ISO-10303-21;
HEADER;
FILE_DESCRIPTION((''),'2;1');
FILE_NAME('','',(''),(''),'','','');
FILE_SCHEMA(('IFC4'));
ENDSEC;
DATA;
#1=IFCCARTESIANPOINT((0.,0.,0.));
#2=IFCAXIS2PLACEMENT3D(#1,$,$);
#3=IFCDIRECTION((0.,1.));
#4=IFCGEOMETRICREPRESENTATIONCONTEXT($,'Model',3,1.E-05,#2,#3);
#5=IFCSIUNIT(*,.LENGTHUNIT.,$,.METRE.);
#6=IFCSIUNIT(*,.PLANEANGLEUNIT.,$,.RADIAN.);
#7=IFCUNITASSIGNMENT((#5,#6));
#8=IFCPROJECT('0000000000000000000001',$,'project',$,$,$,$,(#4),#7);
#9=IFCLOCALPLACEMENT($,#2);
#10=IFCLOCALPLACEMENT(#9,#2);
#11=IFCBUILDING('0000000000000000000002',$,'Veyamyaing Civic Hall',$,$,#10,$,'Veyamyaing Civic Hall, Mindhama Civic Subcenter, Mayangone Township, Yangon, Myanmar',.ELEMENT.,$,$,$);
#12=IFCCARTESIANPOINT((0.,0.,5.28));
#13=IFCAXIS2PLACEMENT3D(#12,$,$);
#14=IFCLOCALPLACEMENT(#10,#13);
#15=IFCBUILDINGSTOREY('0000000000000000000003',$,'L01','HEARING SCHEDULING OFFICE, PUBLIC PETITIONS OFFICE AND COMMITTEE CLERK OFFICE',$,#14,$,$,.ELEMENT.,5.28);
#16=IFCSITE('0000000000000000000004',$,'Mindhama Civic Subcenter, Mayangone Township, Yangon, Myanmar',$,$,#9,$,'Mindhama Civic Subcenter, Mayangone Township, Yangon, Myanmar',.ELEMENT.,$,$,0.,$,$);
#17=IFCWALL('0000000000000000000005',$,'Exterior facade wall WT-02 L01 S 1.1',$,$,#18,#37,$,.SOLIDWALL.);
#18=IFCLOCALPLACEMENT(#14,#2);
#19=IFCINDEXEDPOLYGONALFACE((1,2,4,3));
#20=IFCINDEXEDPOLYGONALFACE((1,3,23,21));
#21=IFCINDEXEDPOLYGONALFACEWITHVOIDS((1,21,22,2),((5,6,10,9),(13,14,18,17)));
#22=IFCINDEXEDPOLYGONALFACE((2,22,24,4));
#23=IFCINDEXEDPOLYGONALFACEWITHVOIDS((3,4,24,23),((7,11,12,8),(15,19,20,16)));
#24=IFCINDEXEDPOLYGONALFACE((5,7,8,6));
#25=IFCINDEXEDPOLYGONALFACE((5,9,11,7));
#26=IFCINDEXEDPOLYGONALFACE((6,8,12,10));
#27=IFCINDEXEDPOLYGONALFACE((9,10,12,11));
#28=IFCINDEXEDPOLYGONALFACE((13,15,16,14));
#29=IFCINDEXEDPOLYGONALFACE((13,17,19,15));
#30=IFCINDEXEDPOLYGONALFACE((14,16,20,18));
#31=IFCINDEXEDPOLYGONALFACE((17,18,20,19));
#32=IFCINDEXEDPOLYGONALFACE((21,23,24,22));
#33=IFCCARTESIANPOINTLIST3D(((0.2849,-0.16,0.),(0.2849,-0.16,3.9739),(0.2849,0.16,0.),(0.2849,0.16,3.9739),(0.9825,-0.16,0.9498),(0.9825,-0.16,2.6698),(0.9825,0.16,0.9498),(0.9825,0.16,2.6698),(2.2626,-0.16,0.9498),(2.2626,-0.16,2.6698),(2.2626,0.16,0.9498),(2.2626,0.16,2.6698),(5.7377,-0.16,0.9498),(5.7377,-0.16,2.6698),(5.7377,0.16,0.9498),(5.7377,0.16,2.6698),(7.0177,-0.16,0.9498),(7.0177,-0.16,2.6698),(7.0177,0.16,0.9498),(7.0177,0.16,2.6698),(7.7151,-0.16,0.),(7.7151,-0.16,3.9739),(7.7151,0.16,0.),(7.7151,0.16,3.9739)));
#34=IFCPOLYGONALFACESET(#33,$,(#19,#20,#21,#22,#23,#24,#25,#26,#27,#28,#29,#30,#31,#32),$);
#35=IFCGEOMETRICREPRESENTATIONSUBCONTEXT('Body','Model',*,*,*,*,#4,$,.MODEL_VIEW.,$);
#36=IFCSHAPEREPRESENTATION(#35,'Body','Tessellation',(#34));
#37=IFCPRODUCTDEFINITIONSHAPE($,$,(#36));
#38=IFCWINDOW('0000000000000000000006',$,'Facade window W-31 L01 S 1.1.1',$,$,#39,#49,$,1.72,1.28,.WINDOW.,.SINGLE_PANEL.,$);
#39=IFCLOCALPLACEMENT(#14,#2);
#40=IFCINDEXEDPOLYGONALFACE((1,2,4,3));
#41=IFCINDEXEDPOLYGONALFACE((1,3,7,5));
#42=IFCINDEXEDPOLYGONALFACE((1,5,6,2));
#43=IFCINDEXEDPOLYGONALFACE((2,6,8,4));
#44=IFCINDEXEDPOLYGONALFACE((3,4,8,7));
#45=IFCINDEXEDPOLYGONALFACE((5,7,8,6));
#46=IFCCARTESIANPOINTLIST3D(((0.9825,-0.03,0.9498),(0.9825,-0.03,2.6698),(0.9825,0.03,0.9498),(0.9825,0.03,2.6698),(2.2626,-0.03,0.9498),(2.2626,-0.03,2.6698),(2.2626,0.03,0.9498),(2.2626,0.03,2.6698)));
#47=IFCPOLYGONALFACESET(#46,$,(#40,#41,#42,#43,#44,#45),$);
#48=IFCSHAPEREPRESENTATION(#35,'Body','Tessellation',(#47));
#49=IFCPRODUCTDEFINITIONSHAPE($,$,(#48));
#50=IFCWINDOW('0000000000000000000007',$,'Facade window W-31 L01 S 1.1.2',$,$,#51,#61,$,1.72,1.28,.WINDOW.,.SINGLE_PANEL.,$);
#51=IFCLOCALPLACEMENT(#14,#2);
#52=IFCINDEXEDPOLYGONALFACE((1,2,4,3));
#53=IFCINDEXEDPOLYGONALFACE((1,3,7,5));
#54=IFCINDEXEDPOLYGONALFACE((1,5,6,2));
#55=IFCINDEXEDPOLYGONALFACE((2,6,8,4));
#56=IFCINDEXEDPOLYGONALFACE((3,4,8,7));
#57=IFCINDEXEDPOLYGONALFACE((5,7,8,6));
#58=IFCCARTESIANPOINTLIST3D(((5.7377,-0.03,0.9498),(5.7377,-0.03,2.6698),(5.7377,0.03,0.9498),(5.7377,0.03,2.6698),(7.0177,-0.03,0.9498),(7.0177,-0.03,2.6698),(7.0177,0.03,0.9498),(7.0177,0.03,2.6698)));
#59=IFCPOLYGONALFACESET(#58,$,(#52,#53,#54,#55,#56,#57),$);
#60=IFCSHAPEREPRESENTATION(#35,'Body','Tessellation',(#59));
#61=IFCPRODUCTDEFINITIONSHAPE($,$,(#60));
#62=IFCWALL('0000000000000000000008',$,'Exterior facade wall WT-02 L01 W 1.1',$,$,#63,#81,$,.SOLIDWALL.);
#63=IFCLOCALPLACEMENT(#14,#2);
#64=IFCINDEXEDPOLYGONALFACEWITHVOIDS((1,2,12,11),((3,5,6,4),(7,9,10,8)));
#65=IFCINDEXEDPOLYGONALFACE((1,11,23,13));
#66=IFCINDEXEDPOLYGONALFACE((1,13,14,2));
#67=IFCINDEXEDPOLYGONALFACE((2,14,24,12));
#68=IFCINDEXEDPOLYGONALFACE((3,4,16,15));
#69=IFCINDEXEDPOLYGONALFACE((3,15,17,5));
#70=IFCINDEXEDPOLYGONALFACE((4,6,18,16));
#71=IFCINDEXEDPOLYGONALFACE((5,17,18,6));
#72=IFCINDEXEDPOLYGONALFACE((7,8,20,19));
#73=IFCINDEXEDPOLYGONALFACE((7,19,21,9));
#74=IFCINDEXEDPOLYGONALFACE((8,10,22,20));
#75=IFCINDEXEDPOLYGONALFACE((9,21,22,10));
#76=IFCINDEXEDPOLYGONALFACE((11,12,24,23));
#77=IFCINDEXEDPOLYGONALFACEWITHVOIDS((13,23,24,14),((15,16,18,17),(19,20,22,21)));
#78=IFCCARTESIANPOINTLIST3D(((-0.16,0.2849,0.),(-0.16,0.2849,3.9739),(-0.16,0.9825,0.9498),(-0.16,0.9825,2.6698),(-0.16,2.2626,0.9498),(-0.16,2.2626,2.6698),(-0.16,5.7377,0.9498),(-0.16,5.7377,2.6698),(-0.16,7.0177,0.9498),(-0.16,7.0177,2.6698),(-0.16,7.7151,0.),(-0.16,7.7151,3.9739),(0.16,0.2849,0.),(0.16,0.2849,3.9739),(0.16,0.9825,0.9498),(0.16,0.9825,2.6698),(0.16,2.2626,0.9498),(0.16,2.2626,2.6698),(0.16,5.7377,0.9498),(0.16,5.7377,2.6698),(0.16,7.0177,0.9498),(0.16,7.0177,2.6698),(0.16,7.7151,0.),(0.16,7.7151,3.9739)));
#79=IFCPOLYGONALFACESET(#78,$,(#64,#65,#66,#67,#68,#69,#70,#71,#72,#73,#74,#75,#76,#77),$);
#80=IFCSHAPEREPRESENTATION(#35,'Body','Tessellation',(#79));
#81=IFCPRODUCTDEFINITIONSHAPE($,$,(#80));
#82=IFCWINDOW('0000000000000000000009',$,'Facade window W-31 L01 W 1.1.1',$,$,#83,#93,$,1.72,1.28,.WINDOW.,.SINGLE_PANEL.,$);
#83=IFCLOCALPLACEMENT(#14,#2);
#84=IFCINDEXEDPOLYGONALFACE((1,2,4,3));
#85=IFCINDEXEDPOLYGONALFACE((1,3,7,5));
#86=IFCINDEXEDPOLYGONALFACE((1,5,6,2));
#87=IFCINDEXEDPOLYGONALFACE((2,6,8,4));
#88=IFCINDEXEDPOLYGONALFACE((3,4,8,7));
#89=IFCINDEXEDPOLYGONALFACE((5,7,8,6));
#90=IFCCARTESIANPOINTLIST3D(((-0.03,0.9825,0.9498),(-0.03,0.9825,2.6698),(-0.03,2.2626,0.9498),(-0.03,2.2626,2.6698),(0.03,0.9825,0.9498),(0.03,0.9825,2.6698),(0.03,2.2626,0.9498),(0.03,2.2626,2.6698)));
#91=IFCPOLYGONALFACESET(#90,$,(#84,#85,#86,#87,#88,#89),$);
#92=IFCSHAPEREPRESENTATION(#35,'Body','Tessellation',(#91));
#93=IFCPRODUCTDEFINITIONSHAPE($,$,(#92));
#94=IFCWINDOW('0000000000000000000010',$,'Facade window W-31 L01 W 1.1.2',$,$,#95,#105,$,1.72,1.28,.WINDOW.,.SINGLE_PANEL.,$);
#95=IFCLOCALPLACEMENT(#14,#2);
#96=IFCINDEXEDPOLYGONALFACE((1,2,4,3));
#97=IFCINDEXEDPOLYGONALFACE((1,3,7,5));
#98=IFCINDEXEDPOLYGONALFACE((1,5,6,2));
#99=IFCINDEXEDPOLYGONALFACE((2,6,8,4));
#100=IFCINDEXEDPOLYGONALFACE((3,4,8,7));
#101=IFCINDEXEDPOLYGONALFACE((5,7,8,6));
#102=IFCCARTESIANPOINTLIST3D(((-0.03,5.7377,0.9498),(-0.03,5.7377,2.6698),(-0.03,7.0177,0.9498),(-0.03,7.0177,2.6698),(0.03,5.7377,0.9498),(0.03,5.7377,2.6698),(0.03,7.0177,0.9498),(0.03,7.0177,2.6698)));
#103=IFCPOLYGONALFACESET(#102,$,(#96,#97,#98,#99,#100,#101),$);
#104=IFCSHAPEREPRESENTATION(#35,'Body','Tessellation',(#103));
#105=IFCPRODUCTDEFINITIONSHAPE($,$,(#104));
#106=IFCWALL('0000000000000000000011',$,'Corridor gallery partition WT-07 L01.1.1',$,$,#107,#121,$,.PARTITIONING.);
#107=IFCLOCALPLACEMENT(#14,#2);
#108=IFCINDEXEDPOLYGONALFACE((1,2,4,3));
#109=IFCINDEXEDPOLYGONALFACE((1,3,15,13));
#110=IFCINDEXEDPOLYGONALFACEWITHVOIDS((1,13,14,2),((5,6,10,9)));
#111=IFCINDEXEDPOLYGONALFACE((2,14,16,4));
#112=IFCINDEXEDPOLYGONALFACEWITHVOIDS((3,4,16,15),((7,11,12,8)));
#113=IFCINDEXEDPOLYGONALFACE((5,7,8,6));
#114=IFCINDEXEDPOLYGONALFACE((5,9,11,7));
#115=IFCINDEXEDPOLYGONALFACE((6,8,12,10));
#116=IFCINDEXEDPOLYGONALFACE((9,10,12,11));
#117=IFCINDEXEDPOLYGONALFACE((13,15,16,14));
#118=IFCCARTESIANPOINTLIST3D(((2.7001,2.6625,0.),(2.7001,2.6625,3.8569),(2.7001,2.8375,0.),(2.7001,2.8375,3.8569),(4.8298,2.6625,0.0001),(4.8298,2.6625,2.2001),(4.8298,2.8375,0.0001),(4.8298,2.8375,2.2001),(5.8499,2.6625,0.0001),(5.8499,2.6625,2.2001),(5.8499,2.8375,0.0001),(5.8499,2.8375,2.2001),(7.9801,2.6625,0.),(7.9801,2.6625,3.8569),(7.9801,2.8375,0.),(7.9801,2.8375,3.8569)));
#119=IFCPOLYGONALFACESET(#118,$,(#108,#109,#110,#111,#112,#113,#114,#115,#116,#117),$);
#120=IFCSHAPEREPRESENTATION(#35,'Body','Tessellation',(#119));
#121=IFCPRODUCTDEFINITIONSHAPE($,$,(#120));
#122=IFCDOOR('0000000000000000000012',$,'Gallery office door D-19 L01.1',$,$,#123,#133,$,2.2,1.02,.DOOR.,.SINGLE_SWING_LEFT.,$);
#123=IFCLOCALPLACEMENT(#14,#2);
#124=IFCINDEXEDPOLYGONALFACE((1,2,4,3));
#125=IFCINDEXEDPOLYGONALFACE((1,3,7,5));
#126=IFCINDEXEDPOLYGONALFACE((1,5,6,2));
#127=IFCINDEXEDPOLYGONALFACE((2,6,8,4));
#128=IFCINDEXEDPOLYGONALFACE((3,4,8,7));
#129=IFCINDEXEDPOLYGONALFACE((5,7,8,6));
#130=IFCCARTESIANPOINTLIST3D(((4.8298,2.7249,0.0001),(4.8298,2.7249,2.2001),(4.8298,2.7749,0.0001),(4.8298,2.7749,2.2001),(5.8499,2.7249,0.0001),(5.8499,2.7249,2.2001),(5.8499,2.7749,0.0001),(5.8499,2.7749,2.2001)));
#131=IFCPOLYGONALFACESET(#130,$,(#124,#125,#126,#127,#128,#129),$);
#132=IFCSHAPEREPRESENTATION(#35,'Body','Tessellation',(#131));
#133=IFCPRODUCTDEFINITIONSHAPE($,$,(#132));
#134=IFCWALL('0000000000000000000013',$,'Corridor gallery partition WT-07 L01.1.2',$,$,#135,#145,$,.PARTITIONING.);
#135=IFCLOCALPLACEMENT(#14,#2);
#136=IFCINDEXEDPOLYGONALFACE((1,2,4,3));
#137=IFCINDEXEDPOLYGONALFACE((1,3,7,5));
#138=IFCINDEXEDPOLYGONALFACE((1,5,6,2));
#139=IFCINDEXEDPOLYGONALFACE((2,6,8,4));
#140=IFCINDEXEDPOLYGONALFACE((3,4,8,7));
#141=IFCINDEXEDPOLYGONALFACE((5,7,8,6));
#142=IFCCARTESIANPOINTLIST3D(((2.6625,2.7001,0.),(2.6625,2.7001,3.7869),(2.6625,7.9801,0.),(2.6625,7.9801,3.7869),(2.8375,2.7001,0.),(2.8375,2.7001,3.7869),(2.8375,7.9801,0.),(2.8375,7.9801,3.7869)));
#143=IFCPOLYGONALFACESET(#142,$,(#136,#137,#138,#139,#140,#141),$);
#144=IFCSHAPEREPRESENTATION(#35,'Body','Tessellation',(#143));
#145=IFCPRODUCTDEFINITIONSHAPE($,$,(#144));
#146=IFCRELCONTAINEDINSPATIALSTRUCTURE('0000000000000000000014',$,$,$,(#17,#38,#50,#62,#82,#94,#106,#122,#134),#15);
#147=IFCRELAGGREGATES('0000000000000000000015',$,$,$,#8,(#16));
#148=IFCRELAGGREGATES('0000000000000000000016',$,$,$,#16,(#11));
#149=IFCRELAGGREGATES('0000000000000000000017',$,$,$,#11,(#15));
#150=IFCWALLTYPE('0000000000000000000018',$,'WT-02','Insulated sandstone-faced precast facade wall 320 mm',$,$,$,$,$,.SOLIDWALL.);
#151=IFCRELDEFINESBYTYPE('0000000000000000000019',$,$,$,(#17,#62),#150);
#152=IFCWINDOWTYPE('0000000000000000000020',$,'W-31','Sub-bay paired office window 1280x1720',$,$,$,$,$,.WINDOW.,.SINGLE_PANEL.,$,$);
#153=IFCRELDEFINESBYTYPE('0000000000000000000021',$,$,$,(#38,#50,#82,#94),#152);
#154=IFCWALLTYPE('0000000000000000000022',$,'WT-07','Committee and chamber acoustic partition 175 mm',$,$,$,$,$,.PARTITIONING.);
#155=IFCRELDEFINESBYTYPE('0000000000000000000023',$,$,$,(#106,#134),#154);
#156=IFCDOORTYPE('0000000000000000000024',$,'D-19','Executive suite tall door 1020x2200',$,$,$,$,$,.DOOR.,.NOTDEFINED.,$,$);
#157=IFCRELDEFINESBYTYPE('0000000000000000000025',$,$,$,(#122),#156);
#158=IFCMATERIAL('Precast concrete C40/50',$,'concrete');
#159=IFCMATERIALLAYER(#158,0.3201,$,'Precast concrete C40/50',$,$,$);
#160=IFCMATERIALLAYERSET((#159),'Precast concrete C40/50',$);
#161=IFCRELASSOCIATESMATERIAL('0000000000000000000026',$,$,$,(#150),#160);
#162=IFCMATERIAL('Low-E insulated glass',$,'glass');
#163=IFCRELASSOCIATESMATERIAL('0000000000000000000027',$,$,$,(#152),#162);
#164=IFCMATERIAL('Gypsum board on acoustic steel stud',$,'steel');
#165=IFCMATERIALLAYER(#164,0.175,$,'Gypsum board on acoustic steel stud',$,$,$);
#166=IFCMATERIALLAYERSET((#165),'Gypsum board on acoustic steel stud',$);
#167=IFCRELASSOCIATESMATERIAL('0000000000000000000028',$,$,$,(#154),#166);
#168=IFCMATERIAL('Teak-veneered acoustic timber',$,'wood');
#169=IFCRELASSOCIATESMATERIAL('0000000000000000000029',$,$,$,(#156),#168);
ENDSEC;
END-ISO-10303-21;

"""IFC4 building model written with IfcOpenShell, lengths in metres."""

from ifc_helpers import new_model, si_unit, direction, frame, frame_2d, origin, place, context, subcontext, project, spatial, rectangle, extrude, material, layer, layer_set, type_object, element, fill, save


model = new_model("IFC4")

# Units and contexts
model_context = context("Model", 3, precision=1e-05, world=origin(), true_north=direction((0.0, 1.0)))
body_context = subcontext(model_context, "Body", "Model", "MODEL_VIEW")
ifc_project = project(units=[si_unit("LENGTHUNIT", "METRE"), si_unit("PLANEANGLEUNIT", "RADIAN")], contexts=[model_context])

# Site, building, storey
site_placement = place(None, origin())
site = spatial("IfcSite", under=ifc_project, at=site_placement, Name="Mindhama Civic Subcenter, Mayangone Township, Yangon, Myanmar", LongName="Mindhama Civic Subcenter, Mayangone Township, Yangon, Myanmar", CompositionType="ELEMENT", RefElevation=0.0)
building_placement = place(site_placement, origin())
building = spatial("IfcBuilding", under=site, at=building_placement, Name="Veyamyaing Civic Hall", LongName="Veyamyaing Civic Hall, Mindhama Civic Subcenter, Mayangone Township, Yangon, Myanmar", CompositionType="ELEMENT")
storey_placement = place(building_placement, frame((0.0, 0.0, 5.28)))
storey = spatial("IfcBuildingStorey", under=building, at=storey_placement, Name="L01", Description="HEARING SCHEDULING OFFICE, PUBLIC PETITIONS OFFICE AND COMMITTEE CLERK OFFICE", CompositionType="ELEMENT", Elevation=5.28)

# Walls, openings, windows
ifc_material_1 = material(Name="Precast concrete C40/50", Category="concrete")
ifc_layer_1 = layer(ifc_material_1, 0.3201, Name="Precast concrete C40/50")
ifc_layer_set_1 = layer_set([ifc_layer_1], Name="Precast concrete C40/50")
wall_type_1 = type_object("IfcWallType", Name="WT-02", Description="Insulated sandstone-faced precast facade wall 320 mm", PredefinedType="SOLIDWALL", material=ifc_layer_set_1)
wall_1_placement = place(storey_placement, frame((0.2849, 0.0, 0.0), z_axis=(0.0, 0.0, 1.0), x_axis=(1.0, 0.0, 0.0)))
wall_1 = element("IfcWall", 1, at=wall_1_placement, inside=storey, type_object=wall_type_1, Name="Exterior facade wall WT-02 L01 S 1.1", PredefinedType="SOLIDWALL", context=body_context, shape_type="SweptSolid", body=[
    extrude(rectangle(XDim=7.4302, YDim=0.3201, at=frame_2d((3.7151, 0.0))), origin(), (0.0, 0.0, 1.0), 3.9739),
])
opening_1_placement = place(wall_1_placement, frame((0.6975, 0.0, 0.95)))
opening_1 = element("IfcOpeningElement", 2, at=opening_1_placement, cuts=wall_1, PredefinedType="OPENING", context=body_context, shape_type="SweptSolid", body=[
    extrude(rectangle(XDim=1.28, YDim=1.72, at=frame_2d((0.6401, 0.8599))), frame((0.0, 0.1699, 0.0), z_axis=(0.0, -1.0, 0.0), x_axis=(1.0, 0.0, 0.0)), (0.0, 0.0, 1.0), 0.3401),
])
opening_2_placement = place(wall_1_placement, frame((5.4526, 0.0, 0.95)))
opening_2 = element("IfcOpeningElement", 3, at=opening_2_placement, cuts=wall_1, PredefinedType="OPENING", context=body_context, shape_type="SweptSolid", body=[
    extrude(rectangle(XDim=1.28, YDim=1.72, at=frame_2d((0.6401, 0.8599))), frame((0.0, 0.1699, 0.0), z_axis=(0.0, -1.0, 0.0), x_axis=(1.0, 0.0, 0.0)), (0.0, 0.0, 1.0), 0.3401),
])
ifc_material_2 = material(Name="Low-E insulated glass", Category="glass")
window_type = type_object("IfcWindowType", Name="W-31", Description="Sub-bay paired office window 1280x1720", PartitioningType="SINGLE_PANEL", PredefinedType="WINDOW", material=ifc_material_2)
window_1_placement = place(opening_1_placement, origin())
window_1 = element("IfcWindow", 4, at=window_1_placement, inside=storey, type_object=window_type, Name="Facade window W-31 L01 S 1.1.1", OverallHeight=1.72, OverallWidth=1.28, PartitioningType="SINGLE_PANEL", PredefinedType="WINDOW", context=body_context, shape_type="SweptSolid", body=[
    extrude(rectangle(XDim=1.28, YDim=1.72, at=frame_2d((0.6401, 0.8599))), frame((0.0, 0.03, 0.0), z_axis=(0.0, -1.0, 0.0), x_axis=(1.0, 0.0, 0.0)), (0.0, 0.0, 1.0), 0.0601),
])
fill(opening_1, window_1)
window_2_placement = place(opening_2_placement, origin())
window_2 = element("IfcWindow", 5, at=window_2_placement, inside=storey, type_object=window_type, Name="Facade window W-31 L01 S 1.1.2", OverallHeight=1.72, OverallWidth=1.28, PartitioningType="SINGLE_PANEL", PredefinedType="WINDOW", context=body_context, shape_type="SweptSolid", body=[
    extrude(rectangle(XDim=1.28, YDim=1.72, at=frame_2d((0.6401, 0.8599))), frame((0.0, 0.03, 0.0), z_axis=(0.0, -1.0, 0.0), x_axis=(1.0, 0.0, 0.0)), (0.0, 0.0, 1.0), 0.0601),
])
fill(opening_2, window_2)
wall_2_placement = place(storey_placement, frame((0.0, 0.2849, 0.0), z_axis=(0.0, 0.0, 1.0), x_axis=(0.0, 1.0, 0.0)))
wall_2 = element("IfcWall", 6, at=wall_2_placement, inside=storey, type_object=wall_type_1, Name="Exterior facade wall WT-02 L01 W 1.1", PredefinedType="SOLIDWALL", context=body_context, shape_type="SweptSolid", body=[
    extrude(rectangle(XDim=7.4302, YDim=0.3201, at=frame_2d((3.7151, 0.0))), origin(), (0.0, 0.0, 1.0), 3.9739),
])
opening_3_placement = place(wall_2_placement, frame((0.6975, 0.0, 0.95)))
opening_3 = element("IfcOpeningElement", 7, at=opening_3_placement, cuts=wall_2, PredefinedType="OPENING", context=body_context, shape_type="SweptSolid", body=[
    extrude(rectangle(XDim=1.28, YDim=1.72, at=frame_2d((0.6401, 0.8599))), frame((0.0, 0.1699, 0.0), z_axis=(0.0, -1.0, 0.0), x_axis=(1.0, 0.0, 0.0)), (0.0, 0.0, 1.0), 0.3401),
])
opening_4_placement = place(wall_2_placement, frame((5.4526, 0.0, 0.95)))
opening_4 = element("IfcOpeningElement", 8, at=opening_4_placement, cuts=wall_2, PredefinedType="OPENING", context=body_context, shape_type="SweptSolid", body=[
    extrude(rectangle(XDim=1.28, YDim=1.72, at=frame_2d((0.6401, 0.8599))), frame((0.0, 0.1699, 0.0), z_axis=(0.0, -1.0, 0.0), x_axis=(1.0, 0.0, 0.0)), (0.0, 0.0, 1.0), 0.3401),
])
window_3_placement = place(opening_3_placement, origin())
window_3 = element("IfcWindow", 9, at=window_3_placement, inside=storey, type_object=window_type, Name="Facade window W-31 L01 W 1.1.1", OverallHeight=1.72, OverallWidth=1.28, PartitioningType="SINGLE_PANEL", PredefinedType="WINDOW", context=body_context, shape_type="SweptSolid", body=[
    extrude(rectangle(XDim=1.28, YDim=1.72, at=frame_2d((0.6401, 0.8599))), frame((0.0, 0.03, 0.0), z_axis=(0.0, -1.0, 0.0), x_axis=(1.0, 0.0, 0.0)), (0.0, 0.0, 1.0), 0.0601),
])
fill(opening_3, window_3)
window_4_placement = place(opening_4_placement, origin())
window_4 = element("IfcWindow", 10, at=window_4_placement, inside=storey, type_object=window_type, Name="Facade window W-31 L01 W 1.1.2", OverallHeight=1.72, OverallWidth=1.28, PartitioningType="SINGLE_PANEL", PredefinedType="WINDOW", context=body_context, shape_type="SweptSolid", body=[
    extrude(rectangle(XDim=1.28, YDim=1.72, at=frame_2d((0.6401, 0.8599))), frame((0.0, 0.03, 0.0), z_axis=(0.0, -1.0, 0.0), x_axis=(1.0, 0.0, 0.0)), (0.0, 0.0, 1.0), 0.0601),
])
fill(opening_4, window_4)

# Wall, opening, door
ifc_material_3 = material(Name="Gypsum board on acoustic steel stud", Category="steel")
ifc_layer_2 = layer(ifc_material_3, 0.175, Name="Gypsum board on acoustic steel stud")
ifc_layer_set_2 = layer_set([ifc_layer_2], Name="Gypsum board on acoustic steel stud")
wall_type_2 = type_object("IfcWallType", Name="WT-07", Description="Committee and chamber acoustic partition 175 mm", PredefinedType="PARTITIONING", material=ifc_layer_set_2)
wall_3_placement = place(storey_placement, frame((2.7, 2.75, 0.0), z_axis=(0.0, 0.0, 1.0), x_axis=(1.0, 0.0, 0.0)))
wall_3 = element("IfcWall", 11, at=wall_3_placement, inside=storey, type_object=wall_type_2, Name="Corridor gallery partition WT-07 L01.1.1", PredefinedType="PARTITIONING", context=body_context, shape_type="SweptSolid", body=[
    extrude(rectangle(XDim=5.28, YDim=0.175, at=frame_2d((2.6401, 0.0))), origin(), (0.0, 0.0, 1.0), 3.8569),
])
opening_5_placement = place(wall_3_placement, frame((2.1299, 0.0, 0.0)))
opening_5 = element("IfcOpeningElement", 12, at=opening_5_placement, cuts=wall_3, PredefinedType="OPENING", context=body_context, shape_type="SweptSolid", body=[
    extrude(rectangle(XDim=1.02, YDim=2.2, at=frame_2d((0.51, 1.1001))), frame((0.0, 0.0974, 0.0), z_axis=(0.0, -1.0, 0.0), x_axis=(1.0, 0.0, 0.0)), (0.0, 0.0, 1.0), 0.1951),
])
ifc_material_4 = material(Name="Teak-veneered acoustic timber", Category="wood")
door_type_1 = type_object("IfcDoorType", Name="D-19", Description="Executive suite tall door 1020x2200", OperationType="NOTDEFINED", PredefinedType="DOOR", material=ifc_material_4)
door_1_placement = place(opening_5_placement, origin())
door_1 = element("IfcDoor", 13, at=door_1_placement, inside=storey, type_object=door_type_1, Name="Gallery office door D-19 L01.1", OperationType="SINGLE_SWING_LEFT", OverallHeight=2.2, OverallWidth=1.02, PredefinedType="DOOR", context=body_context, shape_type="SweptSolid", body=[
    extrude(rectangle(XDim=1.02, YDim=2.2, at=frame_2d((0.51, 1.1001))), frame((0.0, 0.0249, 0.0), z_axis=(0.0, -1.0, 0.0), x_axis=(1.0, 0.0, 0.0)), (0.0, 0.0, 1.0), 0.05),
])
fill(opening_5, door_1)

# Wall
wall_4_placement = place(storey_placement, frame((2.75, 2.7, 0.0), z_axis=(0.0, 0.0, 1.0), x_axis=(0.0, 1.0, 0.0)))
element("IfcWall", 14, at=wall_4_placement, inside=storey, type_object=wall_type_2, Name="Corridor gallery partition WT-07 L01.1.2", PredefinedType="PARTITIONING", context=body_context, shape_type="SweptSolid", body=[
    extrude(rectangle(XDim=5.28, YDim=0.175, at=frame_2d((2.6401, 0.0))), origin(), (0.0, 0.0, 1.0), 3.7869),
])

save(model, "model.ifc")
